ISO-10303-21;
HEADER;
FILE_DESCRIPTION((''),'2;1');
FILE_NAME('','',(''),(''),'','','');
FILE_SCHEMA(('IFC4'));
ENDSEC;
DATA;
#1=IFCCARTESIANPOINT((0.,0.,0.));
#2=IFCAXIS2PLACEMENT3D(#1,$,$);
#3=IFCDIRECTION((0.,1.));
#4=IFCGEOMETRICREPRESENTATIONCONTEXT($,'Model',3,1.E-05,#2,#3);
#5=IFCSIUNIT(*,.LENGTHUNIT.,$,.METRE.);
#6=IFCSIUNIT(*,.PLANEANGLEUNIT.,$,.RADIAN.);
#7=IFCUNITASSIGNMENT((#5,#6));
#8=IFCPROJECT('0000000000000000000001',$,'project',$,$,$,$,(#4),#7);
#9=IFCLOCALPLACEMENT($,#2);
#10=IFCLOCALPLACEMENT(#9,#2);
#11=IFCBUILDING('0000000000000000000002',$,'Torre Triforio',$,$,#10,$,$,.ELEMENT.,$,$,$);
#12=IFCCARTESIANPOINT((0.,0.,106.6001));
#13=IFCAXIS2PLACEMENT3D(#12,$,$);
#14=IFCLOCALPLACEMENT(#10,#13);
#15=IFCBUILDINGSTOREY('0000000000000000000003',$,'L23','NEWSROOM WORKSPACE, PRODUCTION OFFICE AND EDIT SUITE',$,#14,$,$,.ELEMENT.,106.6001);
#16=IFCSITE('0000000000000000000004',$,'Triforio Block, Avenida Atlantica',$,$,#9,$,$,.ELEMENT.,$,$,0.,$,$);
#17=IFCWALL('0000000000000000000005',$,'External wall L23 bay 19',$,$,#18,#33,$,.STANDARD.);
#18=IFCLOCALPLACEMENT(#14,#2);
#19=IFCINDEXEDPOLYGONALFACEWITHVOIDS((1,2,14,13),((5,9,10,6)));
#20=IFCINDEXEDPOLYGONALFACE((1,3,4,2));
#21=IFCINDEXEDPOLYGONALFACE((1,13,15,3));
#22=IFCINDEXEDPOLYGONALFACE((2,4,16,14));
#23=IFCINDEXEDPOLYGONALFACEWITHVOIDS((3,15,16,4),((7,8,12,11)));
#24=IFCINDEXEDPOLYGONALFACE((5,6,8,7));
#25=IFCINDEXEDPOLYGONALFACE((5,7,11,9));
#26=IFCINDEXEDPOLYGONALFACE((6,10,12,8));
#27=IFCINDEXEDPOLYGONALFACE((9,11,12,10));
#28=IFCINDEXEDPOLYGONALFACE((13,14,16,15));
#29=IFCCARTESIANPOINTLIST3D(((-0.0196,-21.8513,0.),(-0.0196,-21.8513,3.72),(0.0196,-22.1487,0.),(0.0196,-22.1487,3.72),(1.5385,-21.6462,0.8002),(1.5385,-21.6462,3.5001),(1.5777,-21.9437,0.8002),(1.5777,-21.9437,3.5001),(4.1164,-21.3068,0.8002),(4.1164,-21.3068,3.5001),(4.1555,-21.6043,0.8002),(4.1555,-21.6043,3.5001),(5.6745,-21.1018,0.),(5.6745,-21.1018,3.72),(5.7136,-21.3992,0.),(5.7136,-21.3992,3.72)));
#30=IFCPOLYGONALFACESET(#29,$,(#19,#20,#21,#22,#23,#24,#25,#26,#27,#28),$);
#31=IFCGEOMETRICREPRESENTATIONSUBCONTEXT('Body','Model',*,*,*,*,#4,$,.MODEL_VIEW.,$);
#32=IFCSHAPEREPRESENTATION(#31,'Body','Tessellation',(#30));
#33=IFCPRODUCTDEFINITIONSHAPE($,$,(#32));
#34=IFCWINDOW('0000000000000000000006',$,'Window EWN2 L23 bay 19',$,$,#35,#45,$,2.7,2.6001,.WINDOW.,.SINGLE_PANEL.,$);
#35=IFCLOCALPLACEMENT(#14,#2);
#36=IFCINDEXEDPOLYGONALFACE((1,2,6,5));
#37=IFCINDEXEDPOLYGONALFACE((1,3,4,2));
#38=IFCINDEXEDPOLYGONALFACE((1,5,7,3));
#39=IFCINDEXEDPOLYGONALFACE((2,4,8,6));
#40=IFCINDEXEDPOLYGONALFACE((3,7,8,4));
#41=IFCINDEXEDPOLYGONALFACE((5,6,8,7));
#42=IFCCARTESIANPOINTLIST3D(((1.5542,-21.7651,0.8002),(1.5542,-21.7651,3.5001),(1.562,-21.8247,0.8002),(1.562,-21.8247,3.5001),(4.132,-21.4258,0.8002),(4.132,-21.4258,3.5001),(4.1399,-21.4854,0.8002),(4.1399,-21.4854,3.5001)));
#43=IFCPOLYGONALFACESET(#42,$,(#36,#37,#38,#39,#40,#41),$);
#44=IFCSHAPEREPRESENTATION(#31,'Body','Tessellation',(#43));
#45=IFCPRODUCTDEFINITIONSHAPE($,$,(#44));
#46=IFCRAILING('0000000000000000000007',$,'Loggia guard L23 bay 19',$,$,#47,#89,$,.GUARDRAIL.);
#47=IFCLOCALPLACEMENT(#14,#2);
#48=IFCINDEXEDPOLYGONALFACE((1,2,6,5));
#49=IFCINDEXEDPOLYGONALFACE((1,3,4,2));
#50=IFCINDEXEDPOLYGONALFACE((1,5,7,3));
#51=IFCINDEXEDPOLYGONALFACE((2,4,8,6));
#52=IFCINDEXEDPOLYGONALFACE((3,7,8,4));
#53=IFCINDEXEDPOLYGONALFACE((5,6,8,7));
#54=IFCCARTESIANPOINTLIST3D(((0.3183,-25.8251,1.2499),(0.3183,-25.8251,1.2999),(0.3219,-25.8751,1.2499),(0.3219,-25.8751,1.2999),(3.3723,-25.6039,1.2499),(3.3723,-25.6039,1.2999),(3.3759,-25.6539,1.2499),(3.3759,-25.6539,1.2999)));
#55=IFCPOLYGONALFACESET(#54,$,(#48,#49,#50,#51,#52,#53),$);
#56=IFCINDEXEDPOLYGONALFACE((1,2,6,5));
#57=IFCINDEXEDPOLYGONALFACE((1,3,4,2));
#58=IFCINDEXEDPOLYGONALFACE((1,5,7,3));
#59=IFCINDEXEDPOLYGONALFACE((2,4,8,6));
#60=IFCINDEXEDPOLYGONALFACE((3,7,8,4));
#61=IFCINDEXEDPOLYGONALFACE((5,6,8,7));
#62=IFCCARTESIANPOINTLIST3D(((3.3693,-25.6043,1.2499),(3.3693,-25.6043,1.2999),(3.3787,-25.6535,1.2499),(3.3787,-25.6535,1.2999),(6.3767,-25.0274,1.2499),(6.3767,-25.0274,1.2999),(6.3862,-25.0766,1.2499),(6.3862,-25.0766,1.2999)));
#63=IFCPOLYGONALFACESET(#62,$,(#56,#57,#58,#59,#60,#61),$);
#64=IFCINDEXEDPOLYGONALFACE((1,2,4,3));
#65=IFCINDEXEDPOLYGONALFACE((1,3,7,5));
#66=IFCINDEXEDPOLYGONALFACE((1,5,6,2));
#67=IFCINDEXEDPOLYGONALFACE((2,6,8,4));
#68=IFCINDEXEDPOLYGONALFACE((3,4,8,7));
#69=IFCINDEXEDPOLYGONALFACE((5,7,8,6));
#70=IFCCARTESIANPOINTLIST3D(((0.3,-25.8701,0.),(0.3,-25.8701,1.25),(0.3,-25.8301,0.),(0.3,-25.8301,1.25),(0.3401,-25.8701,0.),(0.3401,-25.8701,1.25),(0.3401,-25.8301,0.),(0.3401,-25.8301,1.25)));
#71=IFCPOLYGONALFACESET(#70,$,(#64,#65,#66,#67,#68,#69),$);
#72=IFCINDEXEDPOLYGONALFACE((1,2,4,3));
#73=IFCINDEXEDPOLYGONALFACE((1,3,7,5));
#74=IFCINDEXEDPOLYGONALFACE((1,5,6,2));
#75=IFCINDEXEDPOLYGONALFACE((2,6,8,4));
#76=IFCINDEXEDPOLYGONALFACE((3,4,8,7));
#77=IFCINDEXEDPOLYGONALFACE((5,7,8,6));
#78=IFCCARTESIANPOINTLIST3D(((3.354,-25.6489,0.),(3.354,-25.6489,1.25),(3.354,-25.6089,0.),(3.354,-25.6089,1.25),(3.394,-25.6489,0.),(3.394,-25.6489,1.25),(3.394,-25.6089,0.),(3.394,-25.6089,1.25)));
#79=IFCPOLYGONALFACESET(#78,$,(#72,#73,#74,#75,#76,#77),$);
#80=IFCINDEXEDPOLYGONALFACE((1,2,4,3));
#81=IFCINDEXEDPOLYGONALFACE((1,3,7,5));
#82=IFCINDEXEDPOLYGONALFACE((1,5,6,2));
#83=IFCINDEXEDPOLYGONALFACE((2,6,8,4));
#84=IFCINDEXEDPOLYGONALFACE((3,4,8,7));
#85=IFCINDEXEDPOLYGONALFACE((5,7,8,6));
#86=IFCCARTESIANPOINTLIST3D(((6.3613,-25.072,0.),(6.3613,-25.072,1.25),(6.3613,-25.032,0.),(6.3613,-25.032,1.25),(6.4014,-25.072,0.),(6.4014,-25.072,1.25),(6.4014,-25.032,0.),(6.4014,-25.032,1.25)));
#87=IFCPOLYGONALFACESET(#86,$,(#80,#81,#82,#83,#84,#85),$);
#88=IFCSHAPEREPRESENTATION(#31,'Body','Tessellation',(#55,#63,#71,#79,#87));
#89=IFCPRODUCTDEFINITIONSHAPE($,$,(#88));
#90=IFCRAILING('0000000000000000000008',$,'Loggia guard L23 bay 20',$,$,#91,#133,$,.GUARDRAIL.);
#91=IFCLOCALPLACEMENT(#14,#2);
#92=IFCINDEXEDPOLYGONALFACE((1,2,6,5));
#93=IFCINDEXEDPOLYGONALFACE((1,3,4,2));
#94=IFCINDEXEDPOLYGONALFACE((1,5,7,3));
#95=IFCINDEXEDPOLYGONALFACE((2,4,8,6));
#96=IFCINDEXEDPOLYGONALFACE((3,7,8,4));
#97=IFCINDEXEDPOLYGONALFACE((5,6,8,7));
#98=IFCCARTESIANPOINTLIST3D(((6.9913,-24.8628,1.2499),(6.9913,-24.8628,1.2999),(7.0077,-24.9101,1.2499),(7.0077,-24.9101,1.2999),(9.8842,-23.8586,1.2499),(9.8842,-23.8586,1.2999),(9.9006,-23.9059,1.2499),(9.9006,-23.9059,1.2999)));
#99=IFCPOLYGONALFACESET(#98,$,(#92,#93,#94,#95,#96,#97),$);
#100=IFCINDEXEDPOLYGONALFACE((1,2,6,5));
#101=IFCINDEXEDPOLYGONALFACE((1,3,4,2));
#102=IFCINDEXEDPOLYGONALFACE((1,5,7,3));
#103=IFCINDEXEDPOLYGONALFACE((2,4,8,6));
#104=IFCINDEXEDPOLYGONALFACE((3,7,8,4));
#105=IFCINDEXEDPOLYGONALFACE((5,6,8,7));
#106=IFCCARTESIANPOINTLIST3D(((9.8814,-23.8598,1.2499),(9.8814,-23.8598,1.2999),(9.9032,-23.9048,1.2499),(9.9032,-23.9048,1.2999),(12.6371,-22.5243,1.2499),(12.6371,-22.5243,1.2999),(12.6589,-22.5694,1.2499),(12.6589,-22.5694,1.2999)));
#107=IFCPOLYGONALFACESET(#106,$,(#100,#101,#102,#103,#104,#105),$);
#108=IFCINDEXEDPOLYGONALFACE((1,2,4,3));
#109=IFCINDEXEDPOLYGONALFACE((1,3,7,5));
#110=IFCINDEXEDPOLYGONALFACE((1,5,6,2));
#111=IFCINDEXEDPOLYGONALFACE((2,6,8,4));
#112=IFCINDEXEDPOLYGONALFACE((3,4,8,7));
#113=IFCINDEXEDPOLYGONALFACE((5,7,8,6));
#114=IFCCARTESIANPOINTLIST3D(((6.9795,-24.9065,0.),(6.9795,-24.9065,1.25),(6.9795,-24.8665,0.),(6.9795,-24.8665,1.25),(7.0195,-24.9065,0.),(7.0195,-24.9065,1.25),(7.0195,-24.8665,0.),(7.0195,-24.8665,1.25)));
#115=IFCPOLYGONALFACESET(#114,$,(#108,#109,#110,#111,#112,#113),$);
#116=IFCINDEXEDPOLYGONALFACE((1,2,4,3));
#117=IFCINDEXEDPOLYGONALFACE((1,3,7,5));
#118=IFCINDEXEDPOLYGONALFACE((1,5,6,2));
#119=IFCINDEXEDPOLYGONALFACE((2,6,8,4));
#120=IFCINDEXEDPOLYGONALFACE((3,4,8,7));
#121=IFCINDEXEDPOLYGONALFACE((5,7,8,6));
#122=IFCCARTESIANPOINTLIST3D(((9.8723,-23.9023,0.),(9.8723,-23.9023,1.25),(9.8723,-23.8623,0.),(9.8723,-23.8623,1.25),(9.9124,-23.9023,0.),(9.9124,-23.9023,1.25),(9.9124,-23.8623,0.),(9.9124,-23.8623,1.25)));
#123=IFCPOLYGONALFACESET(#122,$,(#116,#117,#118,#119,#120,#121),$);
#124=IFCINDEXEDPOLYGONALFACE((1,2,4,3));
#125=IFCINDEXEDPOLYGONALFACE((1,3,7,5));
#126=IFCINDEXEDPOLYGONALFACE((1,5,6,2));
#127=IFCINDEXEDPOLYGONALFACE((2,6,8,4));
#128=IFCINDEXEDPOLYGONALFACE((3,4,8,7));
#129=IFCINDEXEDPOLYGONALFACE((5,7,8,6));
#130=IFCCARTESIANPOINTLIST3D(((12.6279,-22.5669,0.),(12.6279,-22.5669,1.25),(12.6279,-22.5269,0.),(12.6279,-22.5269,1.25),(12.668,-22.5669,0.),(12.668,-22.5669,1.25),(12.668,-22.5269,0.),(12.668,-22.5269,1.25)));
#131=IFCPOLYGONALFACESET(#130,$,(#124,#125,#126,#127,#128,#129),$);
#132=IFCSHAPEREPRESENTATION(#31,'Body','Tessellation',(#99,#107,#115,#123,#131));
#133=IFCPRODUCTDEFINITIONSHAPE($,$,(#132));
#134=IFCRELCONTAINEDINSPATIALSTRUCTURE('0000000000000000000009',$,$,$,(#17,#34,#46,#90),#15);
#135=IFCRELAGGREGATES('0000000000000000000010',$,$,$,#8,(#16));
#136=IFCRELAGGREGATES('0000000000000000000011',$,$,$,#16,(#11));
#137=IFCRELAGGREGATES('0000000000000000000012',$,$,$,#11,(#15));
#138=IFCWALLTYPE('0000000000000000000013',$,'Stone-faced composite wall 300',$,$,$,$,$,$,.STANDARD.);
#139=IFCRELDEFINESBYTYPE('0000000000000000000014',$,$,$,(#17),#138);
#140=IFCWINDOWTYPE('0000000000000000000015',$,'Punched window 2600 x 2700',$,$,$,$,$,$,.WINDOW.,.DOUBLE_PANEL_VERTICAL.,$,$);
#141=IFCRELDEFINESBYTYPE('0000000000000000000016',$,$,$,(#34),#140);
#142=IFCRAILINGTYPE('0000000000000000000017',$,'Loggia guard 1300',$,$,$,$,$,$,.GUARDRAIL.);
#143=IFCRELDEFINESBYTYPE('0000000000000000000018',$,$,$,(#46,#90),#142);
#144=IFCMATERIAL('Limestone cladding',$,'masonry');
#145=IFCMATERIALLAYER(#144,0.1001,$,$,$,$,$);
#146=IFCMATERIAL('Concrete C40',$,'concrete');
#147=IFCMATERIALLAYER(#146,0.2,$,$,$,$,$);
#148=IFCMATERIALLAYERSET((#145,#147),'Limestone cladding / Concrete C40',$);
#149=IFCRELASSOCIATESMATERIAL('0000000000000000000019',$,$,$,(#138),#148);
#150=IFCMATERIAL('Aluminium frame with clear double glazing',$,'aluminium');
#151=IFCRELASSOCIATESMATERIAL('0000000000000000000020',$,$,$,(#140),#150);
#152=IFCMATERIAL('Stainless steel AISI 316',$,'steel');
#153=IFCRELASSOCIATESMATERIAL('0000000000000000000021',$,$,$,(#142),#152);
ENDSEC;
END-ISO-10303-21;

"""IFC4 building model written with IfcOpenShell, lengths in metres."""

from ifc_helpers import new_model, si_unit, direction, frame, frame_2d, origin, origin_2d, place, context, subcontext, project, spatial, rectangle, extrude, material, layer, layer_set, type_object, element, fill, save


model = new_model("IFC4")

# Units and contexts
model_context = context("Model", 3, precision=1e-05, world=origin(), true_north=direction((0.0, 1.0)))
body_context = subcontext(model_context, "Body", "Model", "MODEL_VIEW")
ifc_project = project(units=[si_unit("LENGTHUNIT", "METRE"), si_unit("PLANEANGLEUNIT", "RADIAN")], contexts=[model_context])

# Site, building, storey
site_placement = place(None, origin())
site = spatial("IfcSite", under=ifc_project, at=site_placement, Name="Triforio Block, Avenida Atlantica", CompositionType="ELEMENT", RefElevation=0.0)
building_placement = place(site_placement, origin())
building = spatial("IfcBuilding", under=site, at=building_placement, Name="Torre Triforio", CompositionType="ELEMENT")
storey_placement = place(building_placement, frame((0.0, 0.0, 106.6001)))
storey = spatial("IfcBuildingStorey", under=building, at=storey_placement, Name="L23", Description="NEWSROOM WORKSPACE, PRODUCTION OFFICE AND EDIT SUITE", CompositionType="ELEMENT", Elevation=106.6001)

# Wall, opening, window
ifc_material_1 = material(Name="Limestone cladding", Category="masonry")
ifc_layer_1 = layer(ifc_material_1, 0.1001)
ifc_material_2 = material(Name="Concrete C40", Category="concrete")
ifc_layer_2 = layer(ifc_material_2, 0.2)
ifc_layer_set_1 = layer_set([ifc_layer_1, ifc_layer_2], Name="Limestone cladding / Concrete C40")
wall_type_1 = type_object("IfcWallType", Name="Stone-faced composite wall 300", PredefinedType="STANDARD", material=ifc_layer_set_1)
wall_1_placement = place(storey_placement, frame((0.0, -22.0, 0.0), z_axis=(0.0, 0.0, 1.0), x_axis=(0.991448, 0.130504, 0.0)))
wall_1 = element("IfcWall", 1, at=wall_1_placement, inside=storey, type_object=wall_type_1, Name="External wall L23 bay 19", PredefinedType="STANDARD", context=body_context, shape_type="SweptSolid", body=[
    extrude(rectangle(XDim=5.7432, YDim=0.3, at=frame_2d((2.8716, 0.0))), origin(), (0.0, 0.0, 1.0), 3.72),
])
opening_1_placement = place(wall_1_placement, frame((1.5715, 0.0, 0.8)))
opening_1 = element("IfcOpeningElement", 2, at=opening_1_placement, cuts=wall_1, PredefinedType="OPENING", context=body_context, shape_type="SweptSolid", body=[
    extrude(rectangle(XDim=2.6001, YDim=2.7, at=frame_2d((1.3, 1.3501))), frame((0.0, 0.1599, 0.0), z_axis=(0.0, -1.0, 0.0), x_axis=(1.0, 0.0, 0.0)), (0.0, 0.0, 1.0), 0.3201),
])
ifc_material_3 = material(Name="Aluminium frame with clear double glazing", Category="aluminium")
window_type_1 = type_object("IfcWindowType", Name="Punched window 2600 x 2700", PartitioningType="DOUBLE_PANEL_VERTICAL", PredefinedType="WINDOW", material=ifc_material_3)
window_1_placement = place(opening_1_placement, origin())
window_1 = element("IfcWindow", 3, at=window_1_placement, inside=storey, type_object=window_type_1, Name="Window EWN2 L23 bay 19", OverallHeight=2.7, OverallWidth=2.6001, PartitioningType="SINGLE_PANEL", PredefinedType="WINDOW", context=body_context, shape_type="SweptSolid", body=[
    extrude(rectangle(XDim=2.6001, YDim=2.7, at=frame_2d((1.3, 1.3501))), frame((0.0, 0.03, 0.0), z_axis=(0.0, -1.0, 0.0), x_axis=(1.0, 0.0, 0.0)), (0.0, 0.0, 1.0), 0.0601),
])
fill(opening_1, window_1)

# Railings
ifc_material_4 = material(Name="Stainless steel AISI 316", Category="steel")
railing_type = type_object("IfcRailingType", Name="Loggia guard 1300", PredefinedType="GUARDRAIL", material=ifc_material_4)
railing_1_placement = place(storey_placement, frame((0.3201, -25.8501, 0.0)))
element("IfcRailing", 4, at=railing_1_placement, inside=storey, type_object=railing_type, Name="Loggia guard L23 bay 19", PredefinedType="GUARDRAIL", context=body_context, shape_type="SweptSolid", body=[
    extrude(rectangle(XDim=0.05, YDim=0.05, at=origin_2d()), frame((0.0, 0.0, 1.2749), z_axis=(0.997387, 0.072239, 0.0), x_axis=(-0.072239, 0.997387, 0.0)), (0.0, 0.0, 1.0), 3.062),
    extrude(rectangle(XDim=0.05, YDim=0.05, at=origin_2d()), frame((3.054, 0.2212, 1.2749), z_axis=(0.982093, 0.188398, 0.0), x_axis=(-0.188398, 0.982093, 0.0)), (0.0, 0.0, 1.0), 3.0623),
    extrude(rectangle(XDim=0.04, YDim=0.04, at=origin_2d()), origin(), (0.0, 0.0, 1.0), 1.25),
    extrude(rectangle(XDim=0.04, YDim=0.04, at=origin_2d()), frame((3.054, 0.2212, 0.0)), (0.0, 0.0, 1.0), 1.25),
    extrude(rectangle(XDim=0.04, YDim=0.04, at=origin_2d()), frame((6.0613, 0.7981, 0.0)), (0.0, 0.0, 1.0), 1.25),
])
railing_2_placement = place(storey_placement, frame((6.9995, -24.8865, 0.0)))
element("IfcRailing", 5, at=railing_2_placement, inside=storey, type_object=railing_type, Name="Loggia guard L23 bay 20", PredefinedType="GUARDRAIL", context=body_context, shape_type="SweptSolid", body=[
    extrude(rectangle(XDim=0.05, YDim=0.05, at=origin_2d()), frame((0.0, 0.0, 1.2749), z_axis=(0.944704, 0.327924, 0.0), x_axis=(-0.327924, 0.944704, 0.0)), (0.0, 0.0, 1.0), 3.0623),
    extrude(rectangle(XDim=0.05, YDim=0.05, at=origin_2d()), frame((2.8928, 1.0042, 1.2749), z_axis=(0.899892, 0.436113, 0.0), x_axis=(-0.436113, 0.899892, 0.0)), (0.0, 0.0, 1.0), 3.0623),
    extrude(rectangle(XDim=0.04, YDim=0.04, at=origin_2d()), origin(), (0.0, 0.0, 1.0), 1.25),
    extrude(rectangle(XDim=0.04, YDim=0.04, at=origin_2d()), frame((2.8928, 1.0042, 0.0)), (0.0, 0.0, 1.0), 1.25),
    extrude(rectangle(XDim=0.04, YDim=0.04, at=origin_2d()), frame((5.6484, 2.3396, 0.0)), (0.0, 0.0, 1.0), 1.25),
])

save(model, "model.ifc")
